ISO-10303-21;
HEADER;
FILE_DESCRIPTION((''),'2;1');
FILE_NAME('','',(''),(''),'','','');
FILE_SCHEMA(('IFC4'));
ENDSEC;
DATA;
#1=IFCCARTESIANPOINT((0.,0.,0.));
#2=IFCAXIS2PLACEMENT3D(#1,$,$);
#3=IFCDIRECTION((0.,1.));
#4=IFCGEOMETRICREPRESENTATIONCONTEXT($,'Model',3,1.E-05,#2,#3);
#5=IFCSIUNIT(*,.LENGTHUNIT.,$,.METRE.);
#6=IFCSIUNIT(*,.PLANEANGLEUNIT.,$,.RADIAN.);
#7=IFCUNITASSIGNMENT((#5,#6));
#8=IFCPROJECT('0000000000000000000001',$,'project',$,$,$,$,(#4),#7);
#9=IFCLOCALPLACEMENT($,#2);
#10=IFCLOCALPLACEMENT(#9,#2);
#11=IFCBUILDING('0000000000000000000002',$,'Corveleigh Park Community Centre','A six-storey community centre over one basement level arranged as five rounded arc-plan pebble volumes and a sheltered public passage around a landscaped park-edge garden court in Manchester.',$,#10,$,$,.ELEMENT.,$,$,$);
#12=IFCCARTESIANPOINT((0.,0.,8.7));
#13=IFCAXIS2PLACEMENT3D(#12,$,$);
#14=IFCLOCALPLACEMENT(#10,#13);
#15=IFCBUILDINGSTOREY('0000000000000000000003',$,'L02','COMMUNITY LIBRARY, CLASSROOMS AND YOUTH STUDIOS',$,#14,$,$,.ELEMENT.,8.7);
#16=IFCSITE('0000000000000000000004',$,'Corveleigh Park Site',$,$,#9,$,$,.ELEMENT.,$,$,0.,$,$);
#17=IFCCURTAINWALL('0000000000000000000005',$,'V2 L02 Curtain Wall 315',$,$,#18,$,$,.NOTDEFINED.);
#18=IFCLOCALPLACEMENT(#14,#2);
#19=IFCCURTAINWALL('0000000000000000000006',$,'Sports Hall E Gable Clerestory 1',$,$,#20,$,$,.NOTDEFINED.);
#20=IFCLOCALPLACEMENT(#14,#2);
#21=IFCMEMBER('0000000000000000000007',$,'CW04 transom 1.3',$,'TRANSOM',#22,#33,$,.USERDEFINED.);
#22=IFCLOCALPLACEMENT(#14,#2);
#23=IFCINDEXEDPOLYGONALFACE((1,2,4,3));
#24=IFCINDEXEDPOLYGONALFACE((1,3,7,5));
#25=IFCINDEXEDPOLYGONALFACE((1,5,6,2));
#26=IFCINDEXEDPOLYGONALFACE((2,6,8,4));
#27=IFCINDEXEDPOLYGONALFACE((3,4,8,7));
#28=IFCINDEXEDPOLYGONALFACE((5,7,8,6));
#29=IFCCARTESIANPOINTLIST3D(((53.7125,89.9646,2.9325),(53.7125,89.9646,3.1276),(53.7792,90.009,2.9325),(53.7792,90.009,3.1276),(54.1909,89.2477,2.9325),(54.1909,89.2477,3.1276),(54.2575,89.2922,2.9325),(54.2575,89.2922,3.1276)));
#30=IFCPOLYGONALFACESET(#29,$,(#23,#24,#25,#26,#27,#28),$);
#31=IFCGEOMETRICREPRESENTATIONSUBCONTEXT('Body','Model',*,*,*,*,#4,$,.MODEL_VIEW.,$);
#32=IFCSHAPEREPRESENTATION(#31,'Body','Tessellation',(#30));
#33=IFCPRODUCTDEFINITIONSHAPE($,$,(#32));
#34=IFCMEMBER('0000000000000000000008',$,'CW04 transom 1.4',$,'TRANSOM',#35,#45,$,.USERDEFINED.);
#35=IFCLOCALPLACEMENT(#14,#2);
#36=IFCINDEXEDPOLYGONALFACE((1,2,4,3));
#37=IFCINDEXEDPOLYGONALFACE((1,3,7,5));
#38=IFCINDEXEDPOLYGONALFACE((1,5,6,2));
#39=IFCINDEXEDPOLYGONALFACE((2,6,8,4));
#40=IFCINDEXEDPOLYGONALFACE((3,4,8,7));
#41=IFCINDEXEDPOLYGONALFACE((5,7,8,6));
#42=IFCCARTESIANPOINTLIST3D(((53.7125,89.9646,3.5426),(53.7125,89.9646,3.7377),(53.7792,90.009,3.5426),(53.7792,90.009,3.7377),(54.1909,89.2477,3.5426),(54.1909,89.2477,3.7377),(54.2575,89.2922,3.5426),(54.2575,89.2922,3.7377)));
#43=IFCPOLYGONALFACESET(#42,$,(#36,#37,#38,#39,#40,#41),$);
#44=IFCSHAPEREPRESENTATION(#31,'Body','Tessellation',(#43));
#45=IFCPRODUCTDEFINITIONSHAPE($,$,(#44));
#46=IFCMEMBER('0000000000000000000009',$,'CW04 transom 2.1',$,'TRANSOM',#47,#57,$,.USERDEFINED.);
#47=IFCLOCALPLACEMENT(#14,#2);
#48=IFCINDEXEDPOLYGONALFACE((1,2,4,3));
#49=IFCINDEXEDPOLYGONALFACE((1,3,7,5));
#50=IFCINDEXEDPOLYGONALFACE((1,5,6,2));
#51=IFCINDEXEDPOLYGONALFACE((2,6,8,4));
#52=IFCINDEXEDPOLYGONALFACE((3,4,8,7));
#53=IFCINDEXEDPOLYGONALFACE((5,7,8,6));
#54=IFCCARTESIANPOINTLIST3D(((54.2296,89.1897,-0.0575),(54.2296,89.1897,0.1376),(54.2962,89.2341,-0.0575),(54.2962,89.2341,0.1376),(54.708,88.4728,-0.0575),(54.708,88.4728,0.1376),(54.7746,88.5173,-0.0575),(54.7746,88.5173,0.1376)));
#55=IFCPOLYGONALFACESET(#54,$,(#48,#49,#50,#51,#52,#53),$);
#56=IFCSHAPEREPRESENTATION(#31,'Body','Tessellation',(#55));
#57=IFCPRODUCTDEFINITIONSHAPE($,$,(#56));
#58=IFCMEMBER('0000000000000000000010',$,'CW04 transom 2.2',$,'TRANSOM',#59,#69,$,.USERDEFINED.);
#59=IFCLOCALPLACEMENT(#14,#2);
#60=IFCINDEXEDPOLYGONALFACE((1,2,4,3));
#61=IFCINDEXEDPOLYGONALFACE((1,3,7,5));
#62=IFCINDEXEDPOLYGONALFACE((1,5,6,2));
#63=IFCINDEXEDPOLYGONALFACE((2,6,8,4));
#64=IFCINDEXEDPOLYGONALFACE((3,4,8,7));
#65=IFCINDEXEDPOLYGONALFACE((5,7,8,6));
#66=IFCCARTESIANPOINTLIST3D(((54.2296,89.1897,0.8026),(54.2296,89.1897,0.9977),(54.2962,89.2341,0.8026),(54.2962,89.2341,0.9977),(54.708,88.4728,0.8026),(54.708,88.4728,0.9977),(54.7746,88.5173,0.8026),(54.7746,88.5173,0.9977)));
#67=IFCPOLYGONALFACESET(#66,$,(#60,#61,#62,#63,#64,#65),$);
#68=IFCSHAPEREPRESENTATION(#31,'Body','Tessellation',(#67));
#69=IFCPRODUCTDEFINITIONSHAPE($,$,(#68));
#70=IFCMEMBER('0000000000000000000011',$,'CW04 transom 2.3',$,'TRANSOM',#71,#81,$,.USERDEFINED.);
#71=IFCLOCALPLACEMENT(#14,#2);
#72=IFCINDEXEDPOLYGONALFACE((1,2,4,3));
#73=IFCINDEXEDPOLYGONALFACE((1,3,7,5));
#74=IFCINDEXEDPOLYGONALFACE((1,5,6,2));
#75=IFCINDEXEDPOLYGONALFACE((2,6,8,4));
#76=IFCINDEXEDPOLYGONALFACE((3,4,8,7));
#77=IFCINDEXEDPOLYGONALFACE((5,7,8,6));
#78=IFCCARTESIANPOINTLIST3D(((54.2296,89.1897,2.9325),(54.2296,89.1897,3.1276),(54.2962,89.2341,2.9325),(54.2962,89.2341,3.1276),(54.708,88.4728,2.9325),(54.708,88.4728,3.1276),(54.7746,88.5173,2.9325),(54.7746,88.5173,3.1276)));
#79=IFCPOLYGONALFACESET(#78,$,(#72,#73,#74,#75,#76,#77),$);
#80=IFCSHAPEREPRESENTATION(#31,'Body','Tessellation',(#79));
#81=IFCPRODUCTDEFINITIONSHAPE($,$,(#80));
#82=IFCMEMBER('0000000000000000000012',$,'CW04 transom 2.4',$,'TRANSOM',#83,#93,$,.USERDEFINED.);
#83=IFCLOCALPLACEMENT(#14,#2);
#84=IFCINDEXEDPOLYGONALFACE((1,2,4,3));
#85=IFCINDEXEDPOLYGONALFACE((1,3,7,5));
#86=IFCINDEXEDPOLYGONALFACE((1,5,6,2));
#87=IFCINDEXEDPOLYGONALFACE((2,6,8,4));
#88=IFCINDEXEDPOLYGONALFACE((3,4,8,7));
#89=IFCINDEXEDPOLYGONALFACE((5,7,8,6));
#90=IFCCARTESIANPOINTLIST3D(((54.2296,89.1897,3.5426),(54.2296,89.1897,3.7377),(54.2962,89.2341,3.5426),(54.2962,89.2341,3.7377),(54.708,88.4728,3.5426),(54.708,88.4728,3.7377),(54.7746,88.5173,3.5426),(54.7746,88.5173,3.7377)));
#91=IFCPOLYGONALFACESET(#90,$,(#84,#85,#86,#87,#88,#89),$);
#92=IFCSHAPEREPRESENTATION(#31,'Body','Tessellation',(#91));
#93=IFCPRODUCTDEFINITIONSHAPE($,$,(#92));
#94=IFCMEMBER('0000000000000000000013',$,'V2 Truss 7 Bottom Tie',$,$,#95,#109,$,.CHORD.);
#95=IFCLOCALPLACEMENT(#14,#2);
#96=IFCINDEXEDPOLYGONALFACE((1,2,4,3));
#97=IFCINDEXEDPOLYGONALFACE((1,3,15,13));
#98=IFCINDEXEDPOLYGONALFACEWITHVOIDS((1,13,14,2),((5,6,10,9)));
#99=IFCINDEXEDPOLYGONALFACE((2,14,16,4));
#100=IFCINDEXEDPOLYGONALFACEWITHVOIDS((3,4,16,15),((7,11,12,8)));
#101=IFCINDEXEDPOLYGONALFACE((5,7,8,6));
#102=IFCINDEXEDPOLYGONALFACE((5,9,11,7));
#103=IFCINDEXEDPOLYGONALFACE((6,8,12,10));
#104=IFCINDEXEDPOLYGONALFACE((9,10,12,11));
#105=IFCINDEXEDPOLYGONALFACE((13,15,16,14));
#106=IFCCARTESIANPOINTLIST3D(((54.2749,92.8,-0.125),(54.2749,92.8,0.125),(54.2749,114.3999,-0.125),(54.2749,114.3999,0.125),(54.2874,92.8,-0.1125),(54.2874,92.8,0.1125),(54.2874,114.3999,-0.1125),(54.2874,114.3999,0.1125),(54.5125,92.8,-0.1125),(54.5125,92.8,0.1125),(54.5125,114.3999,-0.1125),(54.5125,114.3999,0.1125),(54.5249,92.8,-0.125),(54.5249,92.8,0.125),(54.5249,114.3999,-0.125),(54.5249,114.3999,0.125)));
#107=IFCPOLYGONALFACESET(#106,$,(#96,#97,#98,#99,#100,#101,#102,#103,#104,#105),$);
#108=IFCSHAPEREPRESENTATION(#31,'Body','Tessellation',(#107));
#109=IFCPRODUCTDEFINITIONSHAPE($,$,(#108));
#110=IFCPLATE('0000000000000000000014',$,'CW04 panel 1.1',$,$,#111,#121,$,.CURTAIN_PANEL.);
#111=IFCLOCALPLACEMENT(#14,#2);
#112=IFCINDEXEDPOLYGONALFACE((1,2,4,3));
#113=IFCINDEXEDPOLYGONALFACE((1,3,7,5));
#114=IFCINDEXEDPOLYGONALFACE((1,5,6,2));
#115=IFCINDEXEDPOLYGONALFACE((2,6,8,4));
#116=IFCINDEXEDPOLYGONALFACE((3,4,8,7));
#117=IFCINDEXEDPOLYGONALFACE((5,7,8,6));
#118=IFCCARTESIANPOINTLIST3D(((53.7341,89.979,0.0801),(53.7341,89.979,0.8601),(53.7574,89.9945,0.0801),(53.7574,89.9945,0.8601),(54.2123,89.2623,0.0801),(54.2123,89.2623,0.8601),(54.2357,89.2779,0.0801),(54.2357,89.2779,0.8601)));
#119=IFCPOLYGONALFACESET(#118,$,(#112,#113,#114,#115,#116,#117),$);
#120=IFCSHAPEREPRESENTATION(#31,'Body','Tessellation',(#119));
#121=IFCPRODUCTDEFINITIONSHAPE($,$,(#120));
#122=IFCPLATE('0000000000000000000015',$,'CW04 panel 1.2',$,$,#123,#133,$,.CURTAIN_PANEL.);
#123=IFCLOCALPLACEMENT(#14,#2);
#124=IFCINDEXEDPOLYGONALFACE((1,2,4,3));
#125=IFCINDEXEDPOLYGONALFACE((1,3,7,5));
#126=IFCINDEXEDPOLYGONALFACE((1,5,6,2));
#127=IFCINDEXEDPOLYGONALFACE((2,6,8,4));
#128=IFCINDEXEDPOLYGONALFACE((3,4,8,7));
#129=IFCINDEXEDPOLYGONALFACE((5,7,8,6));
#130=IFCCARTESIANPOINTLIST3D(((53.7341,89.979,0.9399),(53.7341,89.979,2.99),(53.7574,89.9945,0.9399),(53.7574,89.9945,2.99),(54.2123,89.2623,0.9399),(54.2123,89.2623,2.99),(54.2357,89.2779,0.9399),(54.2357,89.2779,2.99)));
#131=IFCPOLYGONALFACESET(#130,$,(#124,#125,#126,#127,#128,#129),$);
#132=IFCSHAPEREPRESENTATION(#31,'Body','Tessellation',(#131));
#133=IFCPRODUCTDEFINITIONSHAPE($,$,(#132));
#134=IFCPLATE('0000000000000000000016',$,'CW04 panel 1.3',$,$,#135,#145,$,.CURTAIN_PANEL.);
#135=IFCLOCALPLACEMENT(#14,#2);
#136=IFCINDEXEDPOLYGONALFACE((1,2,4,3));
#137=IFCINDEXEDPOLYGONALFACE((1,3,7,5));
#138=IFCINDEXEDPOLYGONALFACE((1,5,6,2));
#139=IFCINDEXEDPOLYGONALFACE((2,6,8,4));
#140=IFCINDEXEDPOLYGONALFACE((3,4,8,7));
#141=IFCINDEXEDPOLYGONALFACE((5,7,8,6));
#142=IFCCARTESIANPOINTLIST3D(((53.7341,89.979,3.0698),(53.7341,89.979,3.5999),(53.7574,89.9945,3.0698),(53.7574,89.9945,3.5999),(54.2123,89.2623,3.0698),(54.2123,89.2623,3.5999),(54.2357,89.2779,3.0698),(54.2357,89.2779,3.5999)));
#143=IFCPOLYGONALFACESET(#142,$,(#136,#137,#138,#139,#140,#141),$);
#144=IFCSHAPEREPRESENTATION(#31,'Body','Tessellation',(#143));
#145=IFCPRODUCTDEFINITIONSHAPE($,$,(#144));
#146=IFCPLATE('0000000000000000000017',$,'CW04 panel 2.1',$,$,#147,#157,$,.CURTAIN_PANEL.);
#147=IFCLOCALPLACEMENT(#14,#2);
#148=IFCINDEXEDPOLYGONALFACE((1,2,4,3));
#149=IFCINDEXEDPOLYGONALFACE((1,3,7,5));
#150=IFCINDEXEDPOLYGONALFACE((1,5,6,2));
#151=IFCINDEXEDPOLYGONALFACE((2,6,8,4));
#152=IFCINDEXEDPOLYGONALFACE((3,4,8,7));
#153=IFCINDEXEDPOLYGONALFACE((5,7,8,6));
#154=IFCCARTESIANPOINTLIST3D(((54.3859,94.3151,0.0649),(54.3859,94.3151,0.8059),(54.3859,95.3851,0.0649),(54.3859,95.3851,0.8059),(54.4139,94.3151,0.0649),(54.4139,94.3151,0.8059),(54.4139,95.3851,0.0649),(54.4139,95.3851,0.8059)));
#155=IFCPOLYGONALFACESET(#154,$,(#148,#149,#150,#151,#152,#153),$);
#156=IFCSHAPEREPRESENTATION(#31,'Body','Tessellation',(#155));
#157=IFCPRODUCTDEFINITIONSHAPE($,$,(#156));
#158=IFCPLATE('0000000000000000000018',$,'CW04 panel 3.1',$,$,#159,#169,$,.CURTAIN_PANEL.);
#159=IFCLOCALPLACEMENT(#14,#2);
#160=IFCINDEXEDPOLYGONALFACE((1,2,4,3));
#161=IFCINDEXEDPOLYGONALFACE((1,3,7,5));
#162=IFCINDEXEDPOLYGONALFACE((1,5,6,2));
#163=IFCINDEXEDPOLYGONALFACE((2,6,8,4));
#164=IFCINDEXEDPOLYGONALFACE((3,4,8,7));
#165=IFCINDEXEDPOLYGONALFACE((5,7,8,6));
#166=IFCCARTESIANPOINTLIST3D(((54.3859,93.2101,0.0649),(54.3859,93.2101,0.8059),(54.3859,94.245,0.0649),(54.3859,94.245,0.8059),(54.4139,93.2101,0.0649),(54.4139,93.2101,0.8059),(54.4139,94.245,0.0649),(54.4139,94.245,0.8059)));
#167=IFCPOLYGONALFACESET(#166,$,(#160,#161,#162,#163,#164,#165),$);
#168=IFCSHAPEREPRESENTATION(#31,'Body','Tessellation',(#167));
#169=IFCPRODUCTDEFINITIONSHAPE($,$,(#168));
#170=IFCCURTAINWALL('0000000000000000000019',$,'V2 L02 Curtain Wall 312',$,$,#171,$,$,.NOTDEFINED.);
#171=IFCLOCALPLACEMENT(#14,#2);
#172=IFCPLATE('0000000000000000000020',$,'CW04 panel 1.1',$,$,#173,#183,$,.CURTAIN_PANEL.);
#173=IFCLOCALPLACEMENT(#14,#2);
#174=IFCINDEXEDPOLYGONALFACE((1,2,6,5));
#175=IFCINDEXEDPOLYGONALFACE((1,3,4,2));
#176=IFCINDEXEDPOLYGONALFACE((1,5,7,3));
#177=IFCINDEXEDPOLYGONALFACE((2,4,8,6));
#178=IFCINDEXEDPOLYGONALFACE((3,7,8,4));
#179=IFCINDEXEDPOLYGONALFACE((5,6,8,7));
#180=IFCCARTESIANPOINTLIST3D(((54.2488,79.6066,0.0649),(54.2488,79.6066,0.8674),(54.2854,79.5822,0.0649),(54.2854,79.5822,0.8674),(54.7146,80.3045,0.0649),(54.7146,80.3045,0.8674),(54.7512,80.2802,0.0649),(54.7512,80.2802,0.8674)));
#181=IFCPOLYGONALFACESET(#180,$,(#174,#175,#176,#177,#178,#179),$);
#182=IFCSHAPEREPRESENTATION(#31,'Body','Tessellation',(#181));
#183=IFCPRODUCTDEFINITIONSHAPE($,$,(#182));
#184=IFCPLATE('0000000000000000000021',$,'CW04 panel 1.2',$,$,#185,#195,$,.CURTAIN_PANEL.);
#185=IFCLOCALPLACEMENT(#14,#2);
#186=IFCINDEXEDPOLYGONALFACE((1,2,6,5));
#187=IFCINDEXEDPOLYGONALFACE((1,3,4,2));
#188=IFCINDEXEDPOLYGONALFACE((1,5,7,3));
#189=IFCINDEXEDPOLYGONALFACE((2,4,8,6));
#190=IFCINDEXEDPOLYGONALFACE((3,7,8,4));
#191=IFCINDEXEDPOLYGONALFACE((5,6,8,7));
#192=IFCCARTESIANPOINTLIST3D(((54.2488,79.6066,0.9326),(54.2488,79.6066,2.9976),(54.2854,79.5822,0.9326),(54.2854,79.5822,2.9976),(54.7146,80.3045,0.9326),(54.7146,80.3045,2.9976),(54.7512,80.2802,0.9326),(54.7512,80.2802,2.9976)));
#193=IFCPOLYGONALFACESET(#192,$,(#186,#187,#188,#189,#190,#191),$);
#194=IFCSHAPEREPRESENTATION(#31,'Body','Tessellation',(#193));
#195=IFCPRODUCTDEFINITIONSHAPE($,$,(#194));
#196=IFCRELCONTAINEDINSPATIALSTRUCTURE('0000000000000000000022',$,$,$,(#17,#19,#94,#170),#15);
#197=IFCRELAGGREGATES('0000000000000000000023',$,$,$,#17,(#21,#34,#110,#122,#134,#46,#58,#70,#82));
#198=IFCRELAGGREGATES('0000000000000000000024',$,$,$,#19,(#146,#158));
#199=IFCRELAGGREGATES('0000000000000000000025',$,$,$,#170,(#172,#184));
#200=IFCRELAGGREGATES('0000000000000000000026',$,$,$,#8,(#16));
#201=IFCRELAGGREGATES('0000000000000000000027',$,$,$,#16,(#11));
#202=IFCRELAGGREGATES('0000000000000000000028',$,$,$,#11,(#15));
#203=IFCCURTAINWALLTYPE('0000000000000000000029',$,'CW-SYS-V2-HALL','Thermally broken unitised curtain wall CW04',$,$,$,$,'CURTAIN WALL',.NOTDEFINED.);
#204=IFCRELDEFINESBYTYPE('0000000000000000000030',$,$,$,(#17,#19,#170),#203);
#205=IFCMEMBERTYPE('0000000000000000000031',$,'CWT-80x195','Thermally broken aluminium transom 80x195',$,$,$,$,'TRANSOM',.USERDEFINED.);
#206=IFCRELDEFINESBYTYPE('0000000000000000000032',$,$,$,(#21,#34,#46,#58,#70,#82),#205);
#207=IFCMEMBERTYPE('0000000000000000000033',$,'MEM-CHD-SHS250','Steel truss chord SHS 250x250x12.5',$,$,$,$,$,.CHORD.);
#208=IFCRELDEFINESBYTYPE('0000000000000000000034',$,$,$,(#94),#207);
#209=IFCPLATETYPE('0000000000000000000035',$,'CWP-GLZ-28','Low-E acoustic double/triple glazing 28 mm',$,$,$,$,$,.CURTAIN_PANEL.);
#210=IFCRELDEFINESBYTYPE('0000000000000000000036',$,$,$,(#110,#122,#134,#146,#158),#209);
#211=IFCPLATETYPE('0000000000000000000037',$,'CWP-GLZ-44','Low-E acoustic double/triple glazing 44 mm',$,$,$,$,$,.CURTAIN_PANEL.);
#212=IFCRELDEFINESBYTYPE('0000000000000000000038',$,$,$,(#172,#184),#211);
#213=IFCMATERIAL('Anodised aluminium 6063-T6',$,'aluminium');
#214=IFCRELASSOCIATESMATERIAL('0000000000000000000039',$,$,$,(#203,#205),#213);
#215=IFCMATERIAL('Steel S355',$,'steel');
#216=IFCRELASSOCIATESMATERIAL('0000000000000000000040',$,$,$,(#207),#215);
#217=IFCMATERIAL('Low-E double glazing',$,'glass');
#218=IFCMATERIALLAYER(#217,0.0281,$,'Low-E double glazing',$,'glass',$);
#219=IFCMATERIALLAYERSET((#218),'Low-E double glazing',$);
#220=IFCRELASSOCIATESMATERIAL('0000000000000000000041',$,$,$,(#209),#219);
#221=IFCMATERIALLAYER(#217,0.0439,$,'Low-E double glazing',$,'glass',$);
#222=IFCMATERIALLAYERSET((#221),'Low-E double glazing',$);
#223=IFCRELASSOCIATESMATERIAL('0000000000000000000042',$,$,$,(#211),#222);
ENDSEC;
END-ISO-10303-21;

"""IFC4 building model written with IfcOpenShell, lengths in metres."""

from ifc_helpers import new_model, si_unit, direction, frame, origin, origin_2d, place, context, subcontext, project, spatial, rectangle, hollow_rectangle, extrude, material, layer, layer_set, material_profile, profile_set, type_object, element, aggregate, save


model = new_model("IFC4")

# Units and contexts
model_context = context("Model", 3, precision=1e-05, world=origin(), true_north=direction((0.0, 1.0)))
body_context = subcontext(model_context, "Body", "Model", "MODEL_VIEW")
ifc_project = project(units=[si_unit("LENGTHUNIT", "METRE"), si_unit("PLANEANGLEUNIT", "RADIAN")], contexts=[model_context])

# Site, building, storey
site_placement = place(None, origin())
site = spatial("IfcSite", under=ifc_project, at=site_placement, Name="Corveleigh Park Site", CompositionType="ELEMENT", RefElevation=0.0)
building_placement = place(site_placement, origin())
building = spatial("IfcBuilding", under=site, at=building_placement, Name="Corveleigh Park Community Centre", Description="A six-storey community centre over one basement level arranged as five rounded arc-plan pebble volumes and a sheltered public passage around a landscaped park-edge garden court in Manchester.", CompositionType="ELEMENT")
storey_placement = place(building_placement, frame((0.0, 0.0, 8.7)))
storey = spatial("IfcBuildingStorey", under=building, at=storey_placement, Name="L02", Description="COMMUNITY LIBRARY, CLASSROOMS AND YOUTH STUDIOS", CompositionType="ELEMENT", Elevation=8.7)

# Shared definitions
ifc_material_1 = material(Name="Steel S355", Category="steel")

# Curtain walls
ifc_material_2 = material(Name="Anodised aluminium 6063-T6", Category="aluminium")
curtain_wall_type = type_object("IfcCurtainWallType", Name="CW-SYS-V2-HALL", Description="Thermally broken unitised curtain wall CW04", ElementType="CURTAIN WALL", PredefinedType="NOTDEFINED", material=ifc_material_2)
curtain_wall_1_placement = place(storey_placement, origin())
curtain_wall_1 = element("IfcCurtainWall", 1, at=curtain_wall_1_placement, inside=storey, type_object=curtain_wall_type, Name="V2 L02 Curtain Wall 315", PredefinedType="NOTDEFINED")
curtain_wall_2_placement = place(storey_placement, origin())
curtain_wall_2 = element("IfcCurtainWall", 2, at=curtain_wall_2_placement, inside=storey, type_object=curtain_wall_type, Name="Sports Hall E Gable Clerestory 1", PredefinedType="NOTDEFINED")

# Members
ifc_material_profile_1 = material_profile(ifc_material_2, rectangle(XDim=0.0801, YDim=0.1951, at=origin_2d()), Name="ALU-T80x195", Category="aluminium")
ifc_profile_set_1 = profile_set([ifc_material_profile_1], Name="Anodised aluminium 6063-T6")
member_type_1 = type_object("IfcMemberType", Name="CWT-80x195", Description="Thermally broken aluminium transom 80x195", ElementType="TRANSOM", PredefinedType="USERDEFINED", material=ifc_profile_set_1)
member_1_placement = place(storey_placement, frame((53.7458, 89.9868, 3.03), z_axis=(0.555027, -0.831832, 0.0), x_axis=(0.831832, 0.555027, 0.0)))
member_1 = element("IfcMember", 3, at=member_1_placement, type_object=member_type_1, Name="CW04 transom 1.3", ObjectType="TRANSOM", PredefinedType="USERDEFINED", context=body_context, shape_type="SweptSolid", body=[
    extrude(rectangle(XDim=0.0801, YDim=0.1951, at=origin_2d()), origin(), (0.0, 0.0, 1.0), 0.8618),
])
member_2_placement = place(storey_placement, frame((53.7458, 89.9868, 3.6401), z_axis=(0.555027, -0.831832, 0.0), x_axis=(0.831832, 0.555027, 0.0)))
member_2 = element("IfcMember", 4, at=member_2_placement, type_object=member_type_1, Name="CW04 transom 1.4", ObjectType="TRANSOM", PredefinedType="USERDEFINED", context=body_context, shape_type="SweptSolid", body=[
    extrude(rectangle(XDim=0.0801, YDim=0.1951, at=origin_2d()), origin(), (0.0, 0.0, 1.0), 0.8618),
])
member_3_placement = place(storey_placement, frame((54.2629, 89.2119, 0.04), z_axis=(0.555027, -0.831832, 0.0), x_axis=(0.831832, 0.555027, 0.0)))
member_3 = element("IfcMember", 5, at=member_3_placement, type_object=member_type_1, Name="CW04 transom 2.1", ObjectType="TRANSOM", PredefinedType="USERDEFINED", context=body_context, shape_type="SweptSolid", body=[
    extrude(rectangle(XDim=0.0801, YDim=0.1951, at=origin_2d()), origin(), (0.0, 0.0, 1.0), 0.8618),
])
member_4_placement = place(storey_placement, frame((54.2629, 89.2119, 0.9001), z_axis=(0.555027, -0.831832, 0.0), x_axis=(0.831832, 0.555027, 0.0)))
member_4 = element("IfcMember", 6, at=member_4_placement, type_object=member_type_1, Name="CW04 transom 2.2", ObjectType="TRANSOM", PredefinedType="USERDEFINED", context=body_context, shape_type="SweptSolid", body=[
    extrude(rectangle(XDim=0.0801, YDim=0.1951, at=origin_2d()), origin(), (0.0, 0.0, 1.0), 0.8618),
])
member_5_placement = place(storey_placement, frame((54.2629, 89.2119, 3.03), z_axis=(0.555027, -0.831832, 0.0), x_axis=(0.831832, 0.555027, 0.0)))
member_5 = element("IfcMember", 7, at=member_5_placement, type_object=member_type_1, Name="CW04 transom 2.3", ObjectType="TRANSOM", PredefinedType="USERDEFINED", context=body_context, shape_type="SweptSolid", body=[
    extrude(rectangle(XDim=0.0801, YDim=0.1951, at=origin_2d()), origin(), (0.0, 0.0, 1.0), 0.8618),
])
member_6_placement = place(storey_placement, frame((54.2629, 89.2119, 3.6401), z_axis=(0.555027, -0.831832, 0.0), x_axis=(0.831832, 0.555027, 0.0)))
member_6 = element("IfcMember", 8, at=member_6_placement, type_object=member_type_1, Name="CW04 transom 2.4", ObjectType="TRANSOM", PredefinedType="USERDEFINED", context=body_context, shape_type="SweptSolid", body=[
    extrude(rectangle(XDim=0.0801, YDim=0.1951, at=origin_2d()), origin(), (0.0, 0.0, 1.0), 0.8618),
])
ifc_material_profile_2 = material_profile(ifc_material_1, hollow_rectangle(XDim=0.25, YDim=0.25, WallThickness=0.0125, at=origin_2d()), Name="SHS 250x250x12.5", Category="steel")
ifc_profile_set_2 = profile_set([ifc_material_profile_2], Name="Steel S355")
member_type_2 = type_object("IfcMemberType", Name="MEM-CHD-SHS250", Description="Steel truss chord SHS 250x250x12.5", PredefinedType="CHORD", material=ifc_profile_set_2)
member_7_placement = place(storey_placement, frame((54.3999, 92.8, 0.0), z_axis=(0.0, 1.0, 0.0), x_axis=(-1.0, 0.0, 0.0)))
element("IfcMember", 9, at=member_7_placement, inside=storey, type_object=member_type_2, Name="V2 Truss 7 Bottom Tie", PredefinedType="CHORD", context=body_context, shape_type="SweptSolid", body=[
    extrude(hollow_rectangle(XDim=0.25, YDim=0.25, WallThickness=0.0125, at=origin_2d()), origin(), (0.0, 0.0, 1.0), 21.5999),
])

# Plates
ifc_material_3 = material(Name="Low-E double glazing", Category="glass")
ifc_layer_1 = layer(ifc_material_3, 0.0281, Name="Low-E double glazing", Category="glass")
ifc_layer_set_1 = layer_set([ifc_layer_1], Name="Low-E double glazing")
plate_type_1 = type_object("IfcPlateType", Name="CWP-GLZ-28", Description="Low-E acoustic double/triple glazing 28 mm", PredefinedType="CURTAIN_PANEL", material=ifc_layer_set_1)
plate_1_placement = place(storey_placement, frame((53.9849, 89.6284, 0.0801), z_axis=(0.0, 0.0, 1.0), x_axis=(0.555058, -0.831811, 0.0)))
plate_1 = element("IfcPlate", 10, at=plate_1_placement, type_object=plate_type_1, Name="CW04 panel 1.1", PredefinedType="CURTAIN_PANEL", context=body_context, shape_type="SweptSolid", body=[
    extrude(rectangle(XDim=0.8616, YDim=0.0281, at=origin_2d()), origin(), (0.0, 0.0, 1.0), 0.78),
])
plate_2_placement = place(storey_placement, frame((53.9849, 89.6284, 0.9399), z_axis=(0.0, 0.0, 1.0), x_axis=(0.555058, -0.831811, 0.0)))
plate_2 = element("IfcPlate", 11, at=plate_2_placement, type_object=plate_type_1, Name="CW04 panel 1.2", PredefinedType="CURTAIN_PANEL", context=body_context, shape_type="SweptSolid", body=[
    extrude(rectangle(XDim=0.8616, YDim=0.0281, at=origin_2d()), origin(), (0.0, 0.0, 1.0), 2.05),
])
plate_3_placement = place(storey_placement, frame((53.9849, 89.6284, 3.0698), z_axis=(0.0, 0.0, 1.0), x_axis=(0.555058, -0.831811, 0.0)))
plate_3 = element("IfcPlate", 12, at=plate_3_placement, type_object=plate_type_1, Name="CW04 panel 1.3", PredefinedType="CURTAIN_PANEL", context=body_context, shape_type="SweptSolid", body=[
    extrude(rectangle(XDim=0.8616, YDim=0.0281, at=origin_2d()), origin(), (0.0, 0.0, 1.0), 0.53),
])
aggregate(curtain_wall_1, [member_1, member_2, plate_1, plate_2, plate_3, member_3, member_4, member_5, member_6])
plate_4_placement = place(storey_placement, frame((54.3999, 94.8501, 0.0649), z_axis=(0.0, 0.0, 1.0), x_axis=(0.0, -1.0, 0.0)))
plate_4 = element("IfcPlate", 13, at=plate_4_placement, type_object=plate_type_1, Name="CW04 panel 2.1", PredefinedType="CURTAIN_PANEL", context=body_context, shape_type="SweptSolid", body=[
    extrude(rectangle(XDim=1.0701, YDim=0.0281, at=origin_2d()), origin(), (0.0, 0.0, 1.0), 0.741),
])
plate_5_placement = place(storey_placement, frame((54.3999, 93.7275, 0.0649), z_axis=(0.0, 0.0, 1.0), x_axis=(0.0, -1.0, 0.0)))
plate_5 = element("IfcPlate", 14, at=plate_5_placement, type_object=plate_type_1, Name="CW04 panel 3.1", PredefinedType="CURTAIN_PANEL", context=body_context, shape_type="SweptSolid", body=[
    extrude(rectangle(XDim=1.0349, YDim=0.0281, at=origin_2d()), origin(), (0.0, 0.0, 1.0), 0.741),
])
aggregate(curtain_wall_2, [plate_4, plate_5])

# Curtain wall, plates
curtain_wall_3_placement = place(storey_placement, origin())
curtain_wall_3 = element("IfcCurtainWall", 15, at=curtain_wall_3_placement, inside=storey, type_object=curtain_wall_type, Name="V2 L02 Curtain Wall 312", PredefinedType="NOTDEFINED")
ifc_layer_2 = layer(ifc_material_3, 0.0439, Name="Low-E double glazing", Category="glass")
ifc_layer_set_2 = layer_set([ifc_layer_2], Name="Low-E double glazing")
plate_type_2 = type_object("IfcPlateType", Name="CWP-GLZ-44", Description="Low-E acoustic double/triple glazing 44 mm", PredefinedType="CURTAIN_PANEL", material=ifc_layer_set_2)
plate_6_placement = place(storey_placement, frame((54.5, 79.9434, 0.0649), z_axis=(0.0, 0.0, 1.0), x_axis=(-0.555058, -0.831811, 0.0)))
plate_6 = element("IfcPlate", 16, at=plate_6_placement, type_object=plate_type_2, Name="CW04 panel 1.1", PredefinedType="CURTAIN_PANEL", context=body_context, shape_type="SweptSolid", body=[
    extrude(rectangle(XDim=0.8391, YDim=0.0439, at=origin_2d()), origin(), (0.0, 0.0, 1.0), 0.8025),
])
plate_7_placement = place(storey_placement, frame((54.5, 79.9434, 0.9326), z_axis=(0.0, 0.0, 1.0), x_axis=(-0.555058, -0.831811, 0.0)))
plate_7 = element("IfcPlate", 17, at=plate_7_placement, type_object=plate_type_2, Name="CW04 panel 1.2", PredefinedType="CURTAIN_PANEL", context=body_context, shape_type="SweptSolid", body=[
    extrude(rectangle(XDim=0.8391, YDim=0.0439, at=origin_2d()), origin(), (0.0, 0.0, 1.0), 2.0649),
])
aggregate(curtain_wall_3, [plate_6, plate_7])

save(model, "model.ifc")
